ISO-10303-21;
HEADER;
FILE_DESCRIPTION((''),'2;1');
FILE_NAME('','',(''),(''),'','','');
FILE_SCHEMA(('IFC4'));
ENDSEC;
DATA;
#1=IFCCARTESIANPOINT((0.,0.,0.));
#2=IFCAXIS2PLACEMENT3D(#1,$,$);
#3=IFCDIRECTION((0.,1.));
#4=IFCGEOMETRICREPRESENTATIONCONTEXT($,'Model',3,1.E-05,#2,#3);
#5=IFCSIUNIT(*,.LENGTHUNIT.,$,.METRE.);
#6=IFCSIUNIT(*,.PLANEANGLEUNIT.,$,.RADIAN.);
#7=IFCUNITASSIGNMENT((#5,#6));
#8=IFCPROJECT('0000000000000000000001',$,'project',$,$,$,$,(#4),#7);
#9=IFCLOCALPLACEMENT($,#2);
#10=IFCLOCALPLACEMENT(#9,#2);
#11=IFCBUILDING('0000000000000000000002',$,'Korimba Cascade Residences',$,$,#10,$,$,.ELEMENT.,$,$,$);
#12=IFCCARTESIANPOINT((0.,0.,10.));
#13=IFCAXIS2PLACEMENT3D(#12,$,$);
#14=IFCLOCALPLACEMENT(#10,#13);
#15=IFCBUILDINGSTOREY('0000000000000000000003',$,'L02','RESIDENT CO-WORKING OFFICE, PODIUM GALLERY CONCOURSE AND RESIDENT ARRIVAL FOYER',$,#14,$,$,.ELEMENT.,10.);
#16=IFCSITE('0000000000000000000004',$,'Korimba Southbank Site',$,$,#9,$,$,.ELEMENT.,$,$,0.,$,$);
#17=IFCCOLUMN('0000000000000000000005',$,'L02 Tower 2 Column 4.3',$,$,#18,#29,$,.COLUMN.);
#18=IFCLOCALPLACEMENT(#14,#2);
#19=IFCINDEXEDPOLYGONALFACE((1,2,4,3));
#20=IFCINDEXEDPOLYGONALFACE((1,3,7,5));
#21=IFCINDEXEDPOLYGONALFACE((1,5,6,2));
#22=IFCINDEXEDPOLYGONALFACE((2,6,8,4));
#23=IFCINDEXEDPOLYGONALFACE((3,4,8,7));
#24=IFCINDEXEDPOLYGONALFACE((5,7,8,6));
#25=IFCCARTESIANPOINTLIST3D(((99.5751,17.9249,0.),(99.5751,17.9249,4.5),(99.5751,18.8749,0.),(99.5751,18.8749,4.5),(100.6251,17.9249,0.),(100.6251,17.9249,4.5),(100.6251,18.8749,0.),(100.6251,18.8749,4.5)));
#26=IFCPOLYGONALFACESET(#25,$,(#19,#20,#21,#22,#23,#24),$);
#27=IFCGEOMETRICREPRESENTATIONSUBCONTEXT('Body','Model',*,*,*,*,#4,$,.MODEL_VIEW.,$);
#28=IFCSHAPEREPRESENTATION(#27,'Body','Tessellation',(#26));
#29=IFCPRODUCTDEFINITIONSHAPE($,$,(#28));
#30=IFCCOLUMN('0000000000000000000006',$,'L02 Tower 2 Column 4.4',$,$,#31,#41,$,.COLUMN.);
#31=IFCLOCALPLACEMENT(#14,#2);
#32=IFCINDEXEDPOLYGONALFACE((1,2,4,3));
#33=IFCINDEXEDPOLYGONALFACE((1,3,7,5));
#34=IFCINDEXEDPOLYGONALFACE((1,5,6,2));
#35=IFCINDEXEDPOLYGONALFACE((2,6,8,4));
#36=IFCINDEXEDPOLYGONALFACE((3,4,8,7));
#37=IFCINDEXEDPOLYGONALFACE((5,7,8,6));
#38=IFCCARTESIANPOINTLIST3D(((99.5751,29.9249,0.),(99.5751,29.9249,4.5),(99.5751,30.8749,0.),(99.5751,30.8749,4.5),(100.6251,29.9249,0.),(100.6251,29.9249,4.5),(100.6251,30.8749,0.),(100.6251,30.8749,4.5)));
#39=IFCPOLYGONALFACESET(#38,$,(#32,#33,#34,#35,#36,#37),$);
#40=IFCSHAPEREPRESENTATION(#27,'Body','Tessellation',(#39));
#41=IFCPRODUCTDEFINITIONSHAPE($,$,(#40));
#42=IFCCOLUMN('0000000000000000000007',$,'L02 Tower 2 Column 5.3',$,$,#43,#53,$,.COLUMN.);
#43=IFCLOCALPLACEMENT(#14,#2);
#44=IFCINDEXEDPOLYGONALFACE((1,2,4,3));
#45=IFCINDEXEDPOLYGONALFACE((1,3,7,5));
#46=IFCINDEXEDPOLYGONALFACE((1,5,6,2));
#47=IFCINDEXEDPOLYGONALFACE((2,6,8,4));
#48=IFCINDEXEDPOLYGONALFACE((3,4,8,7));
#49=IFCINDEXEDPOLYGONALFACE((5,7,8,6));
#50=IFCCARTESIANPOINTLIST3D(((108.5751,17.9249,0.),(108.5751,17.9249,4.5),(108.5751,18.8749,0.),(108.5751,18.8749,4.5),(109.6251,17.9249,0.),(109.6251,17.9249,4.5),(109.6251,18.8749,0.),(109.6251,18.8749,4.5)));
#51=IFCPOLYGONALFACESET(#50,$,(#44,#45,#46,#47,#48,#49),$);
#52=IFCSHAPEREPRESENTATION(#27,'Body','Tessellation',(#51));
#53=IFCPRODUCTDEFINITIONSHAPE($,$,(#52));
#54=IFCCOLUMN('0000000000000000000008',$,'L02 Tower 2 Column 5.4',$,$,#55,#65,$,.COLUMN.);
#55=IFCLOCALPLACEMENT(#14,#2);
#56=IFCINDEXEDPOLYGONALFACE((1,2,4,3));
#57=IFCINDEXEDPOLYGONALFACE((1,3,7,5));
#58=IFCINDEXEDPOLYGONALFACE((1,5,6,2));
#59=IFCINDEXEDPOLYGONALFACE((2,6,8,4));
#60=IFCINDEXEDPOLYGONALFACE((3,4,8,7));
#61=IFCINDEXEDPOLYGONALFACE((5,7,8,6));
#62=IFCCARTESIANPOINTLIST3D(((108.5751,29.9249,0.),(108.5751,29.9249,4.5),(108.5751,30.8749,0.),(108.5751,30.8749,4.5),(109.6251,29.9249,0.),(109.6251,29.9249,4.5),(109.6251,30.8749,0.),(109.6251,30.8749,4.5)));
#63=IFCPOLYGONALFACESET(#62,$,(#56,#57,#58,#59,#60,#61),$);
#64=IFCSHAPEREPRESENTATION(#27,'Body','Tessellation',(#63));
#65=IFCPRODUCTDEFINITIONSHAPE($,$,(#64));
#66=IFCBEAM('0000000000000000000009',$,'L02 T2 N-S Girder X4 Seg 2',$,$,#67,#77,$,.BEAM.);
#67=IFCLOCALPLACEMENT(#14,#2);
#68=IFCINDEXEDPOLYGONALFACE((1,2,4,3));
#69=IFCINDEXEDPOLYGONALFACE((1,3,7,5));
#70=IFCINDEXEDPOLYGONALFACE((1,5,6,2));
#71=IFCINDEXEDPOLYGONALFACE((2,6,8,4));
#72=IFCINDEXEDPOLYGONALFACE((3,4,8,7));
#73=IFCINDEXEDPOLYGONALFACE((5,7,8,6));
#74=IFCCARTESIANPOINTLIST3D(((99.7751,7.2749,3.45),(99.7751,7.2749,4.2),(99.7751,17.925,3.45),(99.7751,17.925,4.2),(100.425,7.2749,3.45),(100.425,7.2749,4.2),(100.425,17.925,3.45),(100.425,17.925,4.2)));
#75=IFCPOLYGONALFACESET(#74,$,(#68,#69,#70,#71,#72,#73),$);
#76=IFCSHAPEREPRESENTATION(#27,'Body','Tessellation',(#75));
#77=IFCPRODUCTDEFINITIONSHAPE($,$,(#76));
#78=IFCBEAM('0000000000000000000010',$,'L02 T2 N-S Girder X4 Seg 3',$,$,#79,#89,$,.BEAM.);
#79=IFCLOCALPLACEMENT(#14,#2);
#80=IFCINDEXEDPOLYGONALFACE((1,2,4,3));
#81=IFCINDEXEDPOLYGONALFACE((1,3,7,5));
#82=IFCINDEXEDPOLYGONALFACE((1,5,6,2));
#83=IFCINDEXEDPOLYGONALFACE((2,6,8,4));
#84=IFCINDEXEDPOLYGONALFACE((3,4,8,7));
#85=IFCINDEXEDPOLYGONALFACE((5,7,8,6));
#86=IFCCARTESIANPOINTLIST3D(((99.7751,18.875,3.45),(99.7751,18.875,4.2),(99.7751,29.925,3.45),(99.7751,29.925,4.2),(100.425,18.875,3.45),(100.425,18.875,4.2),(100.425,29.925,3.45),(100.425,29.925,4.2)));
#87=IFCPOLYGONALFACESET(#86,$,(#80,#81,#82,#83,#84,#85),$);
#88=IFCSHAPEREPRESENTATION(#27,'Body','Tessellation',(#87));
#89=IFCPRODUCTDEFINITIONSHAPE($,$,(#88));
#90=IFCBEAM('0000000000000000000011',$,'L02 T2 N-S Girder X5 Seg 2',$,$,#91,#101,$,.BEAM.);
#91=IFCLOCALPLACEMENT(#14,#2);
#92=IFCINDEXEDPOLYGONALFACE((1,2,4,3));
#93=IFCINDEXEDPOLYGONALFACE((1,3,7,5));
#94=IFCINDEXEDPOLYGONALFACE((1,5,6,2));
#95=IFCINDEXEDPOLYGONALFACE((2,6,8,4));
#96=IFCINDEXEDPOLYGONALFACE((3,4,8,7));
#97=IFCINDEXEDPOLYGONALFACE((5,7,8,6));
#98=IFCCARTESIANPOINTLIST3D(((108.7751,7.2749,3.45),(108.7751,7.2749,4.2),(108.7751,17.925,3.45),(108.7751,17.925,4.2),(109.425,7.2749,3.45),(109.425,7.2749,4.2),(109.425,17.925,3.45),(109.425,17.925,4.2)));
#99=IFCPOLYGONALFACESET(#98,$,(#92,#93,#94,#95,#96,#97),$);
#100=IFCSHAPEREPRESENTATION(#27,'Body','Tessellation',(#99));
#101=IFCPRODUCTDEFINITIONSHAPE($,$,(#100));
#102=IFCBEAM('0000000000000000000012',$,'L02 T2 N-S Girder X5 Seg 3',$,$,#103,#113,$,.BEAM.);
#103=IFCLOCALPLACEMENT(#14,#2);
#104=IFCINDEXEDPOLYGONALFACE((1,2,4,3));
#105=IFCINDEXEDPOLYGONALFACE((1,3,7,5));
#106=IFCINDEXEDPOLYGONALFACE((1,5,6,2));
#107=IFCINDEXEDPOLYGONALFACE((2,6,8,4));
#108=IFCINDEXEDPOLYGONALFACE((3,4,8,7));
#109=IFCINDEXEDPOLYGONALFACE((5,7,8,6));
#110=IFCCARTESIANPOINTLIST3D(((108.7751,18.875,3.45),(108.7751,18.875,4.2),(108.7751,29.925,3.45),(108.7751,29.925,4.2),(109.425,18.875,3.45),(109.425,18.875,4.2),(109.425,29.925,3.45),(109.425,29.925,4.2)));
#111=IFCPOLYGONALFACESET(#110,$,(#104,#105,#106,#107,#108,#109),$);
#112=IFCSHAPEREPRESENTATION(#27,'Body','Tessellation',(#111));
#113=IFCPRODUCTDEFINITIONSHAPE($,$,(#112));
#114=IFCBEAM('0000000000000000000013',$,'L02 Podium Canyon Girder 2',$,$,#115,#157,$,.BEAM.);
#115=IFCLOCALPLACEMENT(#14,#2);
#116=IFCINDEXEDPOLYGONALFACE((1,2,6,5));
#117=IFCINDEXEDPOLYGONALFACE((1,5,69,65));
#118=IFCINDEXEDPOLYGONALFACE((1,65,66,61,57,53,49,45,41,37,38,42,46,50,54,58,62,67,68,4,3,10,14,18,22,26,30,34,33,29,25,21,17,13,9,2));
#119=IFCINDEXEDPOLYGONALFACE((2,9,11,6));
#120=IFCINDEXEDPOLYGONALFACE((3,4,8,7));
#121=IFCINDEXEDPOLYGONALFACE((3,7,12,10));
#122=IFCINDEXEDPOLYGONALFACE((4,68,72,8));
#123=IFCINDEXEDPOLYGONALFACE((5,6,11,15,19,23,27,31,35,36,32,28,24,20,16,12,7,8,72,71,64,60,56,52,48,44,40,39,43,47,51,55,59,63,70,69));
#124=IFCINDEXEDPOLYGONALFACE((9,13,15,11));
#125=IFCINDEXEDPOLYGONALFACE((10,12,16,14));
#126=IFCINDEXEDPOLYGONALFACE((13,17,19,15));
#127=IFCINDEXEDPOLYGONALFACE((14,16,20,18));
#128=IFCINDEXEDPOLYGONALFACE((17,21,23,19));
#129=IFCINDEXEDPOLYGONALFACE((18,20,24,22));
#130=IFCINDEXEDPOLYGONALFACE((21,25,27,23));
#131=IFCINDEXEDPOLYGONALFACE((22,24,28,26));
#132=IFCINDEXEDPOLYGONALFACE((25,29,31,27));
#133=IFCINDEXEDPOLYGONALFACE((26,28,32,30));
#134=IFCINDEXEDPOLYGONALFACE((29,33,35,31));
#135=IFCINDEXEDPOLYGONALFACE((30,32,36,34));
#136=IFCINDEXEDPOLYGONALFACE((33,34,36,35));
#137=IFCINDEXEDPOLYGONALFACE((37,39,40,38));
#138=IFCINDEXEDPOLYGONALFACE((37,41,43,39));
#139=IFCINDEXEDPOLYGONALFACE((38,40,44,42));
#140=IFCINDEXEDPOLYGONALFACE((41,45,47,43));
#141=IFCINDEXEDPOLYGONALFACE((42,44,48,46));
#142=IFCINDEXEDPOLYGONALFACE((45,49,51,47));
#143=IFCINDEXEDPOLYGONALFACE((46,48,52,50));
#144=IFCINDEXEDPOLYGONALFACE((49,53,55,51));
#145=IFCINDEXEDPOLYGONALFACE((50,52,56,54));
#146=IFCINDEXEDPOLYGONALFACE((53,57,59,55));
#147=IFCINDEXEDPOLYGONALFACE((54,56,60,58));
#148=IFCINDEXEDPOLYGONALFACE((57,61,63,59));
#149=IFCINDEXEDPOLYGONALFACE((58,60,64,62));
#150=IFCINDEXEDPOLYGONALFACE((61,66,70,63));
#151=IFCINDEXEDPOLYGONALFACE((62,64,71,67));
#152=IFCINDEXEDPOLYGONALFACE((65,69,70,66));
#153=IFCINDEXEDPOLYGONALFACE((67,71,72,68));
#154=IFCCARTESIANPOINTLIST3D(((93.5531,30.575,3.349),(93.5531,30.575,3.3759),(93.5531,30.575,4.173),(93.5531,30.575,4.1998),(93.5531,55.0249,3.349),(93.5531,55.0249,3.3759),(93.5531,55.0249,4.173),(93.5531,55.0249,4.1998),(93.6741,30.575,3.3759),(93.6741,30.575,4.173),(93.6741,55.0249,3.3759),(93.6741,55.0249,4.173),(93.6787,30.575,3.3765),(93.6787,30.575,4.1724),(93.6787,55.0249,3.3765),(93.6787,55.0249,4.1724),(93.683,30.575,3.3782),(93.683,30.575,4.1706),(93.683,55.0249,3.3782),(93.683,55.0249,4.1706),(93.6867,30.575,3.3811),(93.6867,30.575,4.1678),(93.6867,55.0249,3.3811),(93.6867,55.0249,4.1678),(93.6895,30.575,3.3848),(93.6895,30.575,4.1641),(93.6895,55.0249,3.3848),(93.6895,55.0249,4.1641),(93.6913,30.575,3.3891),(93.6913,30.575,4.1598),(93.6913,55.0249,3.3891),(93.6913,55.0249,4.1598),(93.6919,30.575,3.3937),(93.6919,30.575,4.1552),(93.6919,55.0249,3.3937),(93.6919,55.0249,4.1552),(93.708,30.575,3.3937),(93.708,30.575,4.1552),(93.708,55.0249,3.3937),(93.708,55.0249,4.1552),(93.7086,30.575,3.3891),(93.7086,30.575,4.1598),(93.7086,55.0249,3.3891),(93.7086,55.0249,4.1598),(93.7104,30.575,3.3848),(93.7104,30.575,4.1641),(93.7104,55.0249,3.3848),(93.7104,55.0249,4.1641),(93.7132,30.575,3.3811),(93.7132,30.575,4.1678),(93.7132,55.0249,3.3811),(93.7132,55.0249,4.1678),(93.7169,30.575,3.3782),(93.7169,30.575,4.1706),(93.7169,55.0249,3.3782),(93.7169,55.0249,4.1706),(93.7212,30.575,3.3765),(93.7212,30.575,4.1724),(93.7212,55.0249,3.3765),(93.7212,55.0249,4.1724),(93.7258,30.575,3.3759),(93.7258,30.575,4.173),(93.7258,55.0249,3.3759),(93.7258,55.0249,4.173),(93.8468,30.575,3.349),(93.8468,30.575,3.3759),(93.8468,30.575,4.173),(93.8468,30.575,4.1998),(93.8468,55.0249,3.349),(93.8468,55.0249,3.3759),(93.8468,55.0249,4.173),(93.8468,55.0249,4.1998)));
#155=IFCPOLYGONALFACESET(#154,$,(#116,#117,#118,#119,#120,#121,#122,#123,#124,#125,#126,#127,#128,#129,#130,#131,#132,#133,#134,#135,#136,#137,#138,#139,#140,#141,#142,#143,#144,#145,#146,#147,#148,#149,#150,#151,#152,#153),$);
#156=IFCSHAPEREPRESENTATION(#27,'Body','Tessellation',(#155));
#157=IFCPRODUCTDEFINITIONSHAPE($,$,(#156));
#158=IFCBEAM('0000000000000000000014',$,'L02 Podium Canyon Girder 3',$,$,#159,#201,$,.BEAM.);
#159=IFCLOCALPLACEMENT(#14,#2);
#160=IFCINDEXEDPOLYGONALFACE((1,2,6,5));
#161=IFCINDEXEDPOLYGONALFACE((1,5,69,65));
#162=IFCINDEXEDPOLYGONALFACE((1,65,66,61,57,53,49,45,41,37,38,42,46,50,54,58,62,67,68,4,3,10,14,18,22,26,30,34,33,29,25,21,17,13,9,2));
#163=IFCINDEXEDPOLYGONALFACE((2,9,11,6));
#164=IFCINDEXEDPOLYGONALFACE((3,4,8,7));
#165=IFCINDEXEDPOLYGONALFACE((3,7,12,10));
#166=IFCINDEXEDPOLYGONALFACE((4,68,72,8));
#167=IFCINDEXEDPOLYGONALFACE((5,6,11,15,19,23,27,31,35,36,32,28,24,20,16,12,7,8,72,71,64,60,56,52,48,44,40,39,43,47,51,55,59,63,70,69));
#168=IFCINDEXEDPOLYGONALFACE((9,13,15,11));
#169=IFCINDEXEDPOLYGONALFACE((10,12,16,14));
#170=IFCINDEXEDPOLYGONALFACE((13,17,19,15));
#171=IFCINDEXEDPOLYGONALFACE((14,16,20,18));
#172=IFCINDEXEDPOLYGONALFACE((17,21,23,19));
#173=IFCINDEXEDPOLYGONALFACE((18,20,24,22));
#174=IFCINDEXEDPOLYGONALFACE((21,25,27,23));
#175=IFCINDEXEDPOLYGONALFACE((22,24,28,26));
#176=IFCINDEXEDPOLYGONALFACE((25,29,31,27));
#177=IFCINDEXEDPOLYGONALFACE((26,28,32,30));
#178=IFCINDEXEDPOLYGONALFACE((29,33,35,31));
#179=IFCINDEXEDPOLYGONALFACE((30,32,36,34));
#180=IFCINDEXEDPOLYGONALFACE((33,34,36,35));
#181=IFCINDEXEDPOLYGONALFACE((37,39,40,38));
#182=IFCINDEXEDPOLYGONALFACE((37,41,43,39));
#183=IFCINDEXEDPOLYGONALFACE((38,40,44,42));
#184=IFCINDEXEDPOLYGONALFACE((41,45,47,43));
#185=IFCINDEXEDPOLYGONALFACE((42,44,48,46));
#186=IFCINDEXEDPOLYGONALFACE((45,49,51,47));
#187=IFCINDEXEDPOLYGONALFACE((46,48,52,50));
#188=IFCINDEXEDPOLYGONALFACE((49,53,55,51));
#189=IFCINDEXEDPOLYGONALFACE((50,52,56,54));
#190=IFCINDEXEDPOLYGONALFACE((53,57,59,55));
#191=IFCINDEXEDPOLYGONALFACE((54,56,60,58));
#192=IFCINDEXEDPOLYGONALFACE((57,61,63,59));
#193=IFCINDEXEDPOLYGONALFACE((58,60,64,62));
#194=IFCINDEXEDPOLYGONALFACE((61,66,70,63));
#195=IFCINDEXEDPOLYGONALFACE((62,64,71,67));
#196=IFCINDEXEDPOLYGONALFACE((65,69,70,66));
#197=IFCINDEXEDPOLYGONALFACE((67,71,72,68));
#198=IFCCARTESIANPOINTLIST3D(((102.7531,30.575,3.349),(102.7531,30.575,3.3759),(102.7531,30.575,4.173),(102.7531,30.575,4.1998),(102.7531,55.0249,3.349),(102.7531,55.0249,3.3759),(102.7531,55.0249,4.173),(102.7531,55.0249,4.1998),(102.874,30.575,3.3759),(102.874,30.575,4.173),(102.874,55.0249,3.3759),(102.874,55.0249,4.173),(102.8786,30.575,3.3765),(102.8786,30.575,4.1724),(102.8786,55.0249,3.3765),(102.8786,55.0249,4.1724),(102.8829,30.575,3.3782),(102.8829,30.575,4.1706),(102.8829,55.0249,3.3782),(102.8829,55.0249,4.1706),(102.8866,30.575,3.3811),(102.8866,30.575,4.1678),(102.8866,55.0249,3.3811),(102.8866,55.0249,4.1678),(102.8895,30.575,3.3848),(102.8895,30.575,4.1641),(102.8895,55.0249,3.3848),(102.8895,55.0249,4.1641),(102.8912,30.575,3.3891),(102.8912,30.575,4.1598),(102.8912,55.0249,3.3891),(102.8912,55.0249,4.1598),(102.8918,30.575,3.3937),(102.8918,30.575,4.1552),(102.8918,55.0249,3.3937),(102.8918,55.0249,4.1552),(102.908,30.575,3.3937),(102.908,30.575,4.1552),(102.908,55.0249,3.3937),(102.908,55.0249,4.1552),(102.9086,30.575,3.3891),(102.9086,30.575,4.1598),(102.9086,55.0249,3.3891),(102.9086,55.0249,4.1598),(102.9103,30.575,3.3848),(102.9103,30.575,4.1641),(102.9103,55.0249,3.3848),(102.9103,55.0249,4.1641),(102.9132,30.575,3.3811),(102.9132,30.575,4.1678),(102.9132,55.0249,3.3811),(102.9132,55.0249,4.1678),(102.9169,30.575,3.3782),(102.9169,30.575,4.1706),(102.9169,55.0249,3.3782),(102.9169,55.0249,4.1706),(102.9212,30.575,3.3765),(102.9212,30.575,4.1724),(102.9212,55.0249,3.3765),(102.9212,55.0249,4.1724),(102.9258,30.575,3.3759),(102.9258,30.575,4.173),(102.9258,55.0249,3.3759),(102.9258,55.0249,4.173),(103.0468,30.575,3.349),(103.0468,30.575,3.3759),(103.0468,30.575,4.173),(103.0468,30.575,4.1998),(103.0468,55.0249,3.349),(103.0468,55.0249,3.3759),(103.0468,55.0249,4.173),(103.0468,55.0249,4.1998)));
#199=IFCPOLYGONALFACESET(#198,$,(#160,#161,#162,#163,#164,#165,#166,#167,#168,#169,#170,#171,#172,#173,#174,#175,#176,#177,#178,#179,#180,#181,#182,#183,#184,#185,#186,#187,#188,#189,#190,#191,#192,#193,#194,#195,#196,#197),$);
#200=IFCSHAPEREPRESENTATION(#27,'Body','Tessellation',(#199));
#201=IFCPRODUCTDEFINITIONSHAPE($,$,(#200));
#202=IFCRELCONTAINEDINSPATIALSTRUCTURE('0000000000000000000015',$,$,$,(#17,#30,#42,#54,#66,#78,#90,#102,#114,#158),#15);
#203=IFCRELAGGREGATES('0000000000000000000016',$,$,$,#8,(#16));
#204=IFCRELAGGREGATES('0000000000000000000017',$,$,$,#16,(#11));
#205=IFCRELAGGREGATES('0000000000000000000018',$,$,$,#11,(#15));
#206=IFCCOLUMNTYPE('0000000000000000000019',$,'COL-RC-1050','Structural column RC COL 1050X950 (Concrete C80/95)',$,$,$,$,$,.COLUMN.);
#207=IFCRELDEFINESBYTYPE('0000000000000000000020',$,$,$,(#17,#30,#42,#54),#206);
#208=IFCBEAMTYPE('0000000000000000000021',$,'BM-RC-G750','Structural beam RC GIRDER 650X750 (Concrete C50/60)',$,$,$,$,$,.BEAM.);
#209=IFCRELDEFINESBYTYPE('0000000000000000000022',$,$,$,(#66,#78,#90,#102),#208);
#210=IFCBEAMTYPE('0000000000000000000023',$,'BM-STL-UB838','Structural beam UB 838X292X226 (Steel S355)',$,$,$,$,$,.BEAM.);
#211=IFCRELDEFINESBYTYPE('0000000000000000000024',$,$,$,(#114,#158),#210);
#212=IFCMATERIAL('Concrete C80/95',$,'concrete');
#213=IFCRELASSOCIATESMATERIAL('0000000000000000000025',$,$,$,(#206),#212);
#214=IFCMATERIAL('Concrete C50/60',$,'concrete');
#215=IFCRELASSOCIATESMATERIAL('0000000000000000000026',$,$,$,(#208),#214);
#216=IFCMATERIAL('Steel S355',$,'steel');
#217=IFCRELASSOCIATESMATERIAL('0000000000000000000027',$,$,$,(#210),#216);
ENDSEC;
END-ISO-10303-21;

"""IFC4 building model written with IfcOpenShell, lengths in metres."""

from ifc_helpers import new_model, si_unit, direction, frame, origin, origin_2d, place, context, subcontext, project, spatial, rectangle, i_section, extrude, material, material_profile, profile_set, type_object, element, save


model = new_model("IFC4")

# Units and contexts
model_context = context("Model", 3, precision=1e-05, world=origin(), true_north=direction((0.0, 1.0)))
body_context = subcontext(model_context, "Body", "Model", "MODEL_VIEW")
ifc_project = project(units=[si_unit("LENGTHUNIT", "METRE"), si_unit("PLANEANGLEUNIT", "RADIAN")], contexts=[model_context])

# Site, building, storey
site_placement = place(None, origin())
site = spatial("IfcSite", under=ifc_project, at=site_placement, Name="Korimba Southbank Site", CompositionType="ELEMENT", RefElevation=0.0)
building_placement = place(site_placement, origin())
building = spatial("IfcBuilding", under=site, at=building_placement, Name="Korimba Cascade Residences", CompositionType="ELEMENT")
storey_placement = place(building_placement, frame((0.0, 0.0, 10.0)))
storey = spatial("IfcBuildingStorey", under=building, at=storey_placement, Name="L02", Description="RESIDENT CO-WORKING OFFICE, PODIUM GALLERY CONCOURSE AND RESIDENT ARRIVAL FOYER", CompositionType="ELEMENT", Elevation=10.0)

# Columns
ifc_material_1 = material(Name="Concrete C80/95", Category="concrete")
ifc_material_profile_1 = material_profile(ifc_material_1, rectangle(XDim=1.05, YDim=0.95, at=origin_2d()), Name="Concrete C80/95")
ifc_profile_set_1 = profile_set([ifc_material_profile_1], Name="Concrete C80/95")
column_type = type_object("IfcColumnType", Name="COL-RC-1050", Description="Structural column RC COL 1050X950 (Concrete C80/95)", PredefinedType="COLUMN", material=ifc_profile_set_1)
for number, where, z_axis, x_axis, name in (
    (1, (100.1001, 18.3999, 0.0), (0.0, 0.0, 1.0), (1.0, 0.0, 0.0), "L02 Tower 2 Column 4.3"),
    (2, (100.1001, 30.3999, 0.0), (0.0, 0.0, 1.0), (1.0, 0.0, 0.0), "L02 Tower 2 Column 4.4"),
    (3, (109.1001, 18.3999, 0.0), (0.0, 0.0, 1.0), (1.0, 0.0, 0.0), "L02 Tower 2 Column 5.3"),
    (4, (109.1001, 30.3999, 0.0), (0.0, 0.0, 1.0), (1.0, 0.0, 0.0), "L02 Tower 2 Column 5.4"),
):
    element("IfcColumn", number, at=place(storey_placement, frame(where, z_axis=z_axis, x_axis=x_axis)), inside=storey, type_object=column_type, Name=name, PredefinedType="COLUMN", context=body_context, shape_type="SweptSolid", body=[
        extrude(rectangle(XDim=1.05, YDim=0.95, at=origin_2d()), origin(), (0.0, 0.0, 1.0), 4.5),
    ])

# Beams
ifc_material_2 = material(Name="Concrete C50/60", Category="concrete")
ifc_material_profile_2 = material_profile(ifc_material_2, rectangle(XDim=0.6499, YDim=0.75, at=origin_2d()), Name="Concrete C50/60")
ifc_profile_set_2 = profile_set([ifc_material_profile_2], Name="Concrete C50/60")
beam_type_1 = type_object("IfcBeamType", Name="BM-RC-G750", Description="Structural beam RC GIRDER 650X750 (Concrete C50/60)", PredefinedType="BEAM", material=ifc_profile_set_2)
beam_1_placement = place(storey_placement, frame((100.1001, 7.2749, 3.825), z_axis=(0.0, 1.0, 0.0), x_axis=(-1.0, 0.0, 0.0)))
element("IfcBeam", 5, at=beam_1_placement, inside=storey, type_object=beam_type_1, Name="L02 T2 N-S Girder X4 Seg 2", PredefinedType="BEAM", context=body_context, shape_type="SweptSolid", body=[
    extrude(rectangle(XDim=0.6499, YDim=0.75, at=origin_2d()), origin(), (0.0, 0.0, 1.0), 10.6501),
])
beam_2_placement = place(storey_placement, frame((100.1001, 18.875, 3.825), z_axis=(0.0, 1.0, 0.0), x_axis=(-1.0, 0.0, 0.0)))
element("IfcBeam", 6, at=beam_2_placement, inside=storey, type_object=beam_type_1, Name="L02 T2 N-S Girder X4 Seg 3", PredefinedType="BEAM", context=body_context, shape_type="SweptSolid", body=[
    extrude(rectangle(XDim=0.6499, YDim=0.75, at=origin_2d()), origin(), (0.0, 0.0, 1.0), 11.05),
])
beam_3_placement = place(storey_placement, frame((109.1001, 7.2749, 3.825), z_axis=(0.0, 1.0, 0.0), x_axis=(-1.0, 0.0, 0.0)))
element("IfcBeam", 7, at=beam_3_placement, inside=storey, type_object=beam_type_1, Name="L02 T2 N-S Girder X5 Seg 2", PredefinedType="BEAM", context=body_context, shape_type="SweptSolid", body=[
    extrude(rectangle(XDim=0.6499, YDim=0.75, at=origin_2d()), origin(), (0.0, 0.0, 1.0), 10.6501),
])
beam_4_placement = place(storey_placement, frame((109.1001, 18.875, 3.825), z_axis=(0.0, 1.0, 0.0), x_axis=(-1.0, 0.0, 0.0)))
element("IfcBeam", 8, at=beam_4_placement, inside=storey, type_object=beam_type_1, Name="L02 T2 N-S Girder X5 Seg 3", PredefinedType="BEAM", context=body_context, shape_type="SweptSolid", body=[
    extrude(rectangle(XDim=0.6499, YDim=0.75, at=origin_2d()), origin(), (0.0, 0.0, 1.0), 11.05),
])
ifc_material_3 = material(Name="Steel S355", Category="steel")
ifc_material_profile_3 = material_profile(ifc_material_3, i_section(OverallWidth=0.2937, OverallDepth=0.8508, WebThickness=0.0161, FlangeThickness=0.0269, FilletRadius=0.0178, at=origin_2d()), Name="Steel S355")
ifc_profile_set_3 = profile_set([ifc_material_profile_3], Name="Steel S355")
beam_type_2 = type_object("IfcBeamType", Name="BM-STL-UB838", Description="Structural beam UB 838X292X226 (Steel S355)", PredefinedType="BEAM", material=ifc_profile_set_3)
for number, where, z_axis, x_axis, name in (
    (9, (93.7, 30.575, 3.7744), (0.0, 1.0, 0.0), (-1.0, 0.0, 0.0), "L02 Podium Canyon Girder 2"),
    (10, (102.8999, 30.575, 3.7744), (0.0, 1.0, 0.0), (-1.0, 0.0, 0.0), "L02 Podium Canyon Girder 3"),
):
    element("IfcBeam", number, at=place(storey_placement, frame(where, z_axis=z_axis, x_axis=x_axis)), inside=storey, type_object=beam_type_2, Name=name, PredefinedType="BEAM", context=body_context, shape_type="SweptSolid", body=[
        extrude(i_section(OverallWidth=0.2937, OverallDepth=0.8508, WebThickness=0.0161, FlangeThickness=0.0269, FilletRadius=0.0178, at=origin_2d()), origin(), (0.0, 0.0, 1.0), 24.45),
    ])

save(model, "model.ifc")
